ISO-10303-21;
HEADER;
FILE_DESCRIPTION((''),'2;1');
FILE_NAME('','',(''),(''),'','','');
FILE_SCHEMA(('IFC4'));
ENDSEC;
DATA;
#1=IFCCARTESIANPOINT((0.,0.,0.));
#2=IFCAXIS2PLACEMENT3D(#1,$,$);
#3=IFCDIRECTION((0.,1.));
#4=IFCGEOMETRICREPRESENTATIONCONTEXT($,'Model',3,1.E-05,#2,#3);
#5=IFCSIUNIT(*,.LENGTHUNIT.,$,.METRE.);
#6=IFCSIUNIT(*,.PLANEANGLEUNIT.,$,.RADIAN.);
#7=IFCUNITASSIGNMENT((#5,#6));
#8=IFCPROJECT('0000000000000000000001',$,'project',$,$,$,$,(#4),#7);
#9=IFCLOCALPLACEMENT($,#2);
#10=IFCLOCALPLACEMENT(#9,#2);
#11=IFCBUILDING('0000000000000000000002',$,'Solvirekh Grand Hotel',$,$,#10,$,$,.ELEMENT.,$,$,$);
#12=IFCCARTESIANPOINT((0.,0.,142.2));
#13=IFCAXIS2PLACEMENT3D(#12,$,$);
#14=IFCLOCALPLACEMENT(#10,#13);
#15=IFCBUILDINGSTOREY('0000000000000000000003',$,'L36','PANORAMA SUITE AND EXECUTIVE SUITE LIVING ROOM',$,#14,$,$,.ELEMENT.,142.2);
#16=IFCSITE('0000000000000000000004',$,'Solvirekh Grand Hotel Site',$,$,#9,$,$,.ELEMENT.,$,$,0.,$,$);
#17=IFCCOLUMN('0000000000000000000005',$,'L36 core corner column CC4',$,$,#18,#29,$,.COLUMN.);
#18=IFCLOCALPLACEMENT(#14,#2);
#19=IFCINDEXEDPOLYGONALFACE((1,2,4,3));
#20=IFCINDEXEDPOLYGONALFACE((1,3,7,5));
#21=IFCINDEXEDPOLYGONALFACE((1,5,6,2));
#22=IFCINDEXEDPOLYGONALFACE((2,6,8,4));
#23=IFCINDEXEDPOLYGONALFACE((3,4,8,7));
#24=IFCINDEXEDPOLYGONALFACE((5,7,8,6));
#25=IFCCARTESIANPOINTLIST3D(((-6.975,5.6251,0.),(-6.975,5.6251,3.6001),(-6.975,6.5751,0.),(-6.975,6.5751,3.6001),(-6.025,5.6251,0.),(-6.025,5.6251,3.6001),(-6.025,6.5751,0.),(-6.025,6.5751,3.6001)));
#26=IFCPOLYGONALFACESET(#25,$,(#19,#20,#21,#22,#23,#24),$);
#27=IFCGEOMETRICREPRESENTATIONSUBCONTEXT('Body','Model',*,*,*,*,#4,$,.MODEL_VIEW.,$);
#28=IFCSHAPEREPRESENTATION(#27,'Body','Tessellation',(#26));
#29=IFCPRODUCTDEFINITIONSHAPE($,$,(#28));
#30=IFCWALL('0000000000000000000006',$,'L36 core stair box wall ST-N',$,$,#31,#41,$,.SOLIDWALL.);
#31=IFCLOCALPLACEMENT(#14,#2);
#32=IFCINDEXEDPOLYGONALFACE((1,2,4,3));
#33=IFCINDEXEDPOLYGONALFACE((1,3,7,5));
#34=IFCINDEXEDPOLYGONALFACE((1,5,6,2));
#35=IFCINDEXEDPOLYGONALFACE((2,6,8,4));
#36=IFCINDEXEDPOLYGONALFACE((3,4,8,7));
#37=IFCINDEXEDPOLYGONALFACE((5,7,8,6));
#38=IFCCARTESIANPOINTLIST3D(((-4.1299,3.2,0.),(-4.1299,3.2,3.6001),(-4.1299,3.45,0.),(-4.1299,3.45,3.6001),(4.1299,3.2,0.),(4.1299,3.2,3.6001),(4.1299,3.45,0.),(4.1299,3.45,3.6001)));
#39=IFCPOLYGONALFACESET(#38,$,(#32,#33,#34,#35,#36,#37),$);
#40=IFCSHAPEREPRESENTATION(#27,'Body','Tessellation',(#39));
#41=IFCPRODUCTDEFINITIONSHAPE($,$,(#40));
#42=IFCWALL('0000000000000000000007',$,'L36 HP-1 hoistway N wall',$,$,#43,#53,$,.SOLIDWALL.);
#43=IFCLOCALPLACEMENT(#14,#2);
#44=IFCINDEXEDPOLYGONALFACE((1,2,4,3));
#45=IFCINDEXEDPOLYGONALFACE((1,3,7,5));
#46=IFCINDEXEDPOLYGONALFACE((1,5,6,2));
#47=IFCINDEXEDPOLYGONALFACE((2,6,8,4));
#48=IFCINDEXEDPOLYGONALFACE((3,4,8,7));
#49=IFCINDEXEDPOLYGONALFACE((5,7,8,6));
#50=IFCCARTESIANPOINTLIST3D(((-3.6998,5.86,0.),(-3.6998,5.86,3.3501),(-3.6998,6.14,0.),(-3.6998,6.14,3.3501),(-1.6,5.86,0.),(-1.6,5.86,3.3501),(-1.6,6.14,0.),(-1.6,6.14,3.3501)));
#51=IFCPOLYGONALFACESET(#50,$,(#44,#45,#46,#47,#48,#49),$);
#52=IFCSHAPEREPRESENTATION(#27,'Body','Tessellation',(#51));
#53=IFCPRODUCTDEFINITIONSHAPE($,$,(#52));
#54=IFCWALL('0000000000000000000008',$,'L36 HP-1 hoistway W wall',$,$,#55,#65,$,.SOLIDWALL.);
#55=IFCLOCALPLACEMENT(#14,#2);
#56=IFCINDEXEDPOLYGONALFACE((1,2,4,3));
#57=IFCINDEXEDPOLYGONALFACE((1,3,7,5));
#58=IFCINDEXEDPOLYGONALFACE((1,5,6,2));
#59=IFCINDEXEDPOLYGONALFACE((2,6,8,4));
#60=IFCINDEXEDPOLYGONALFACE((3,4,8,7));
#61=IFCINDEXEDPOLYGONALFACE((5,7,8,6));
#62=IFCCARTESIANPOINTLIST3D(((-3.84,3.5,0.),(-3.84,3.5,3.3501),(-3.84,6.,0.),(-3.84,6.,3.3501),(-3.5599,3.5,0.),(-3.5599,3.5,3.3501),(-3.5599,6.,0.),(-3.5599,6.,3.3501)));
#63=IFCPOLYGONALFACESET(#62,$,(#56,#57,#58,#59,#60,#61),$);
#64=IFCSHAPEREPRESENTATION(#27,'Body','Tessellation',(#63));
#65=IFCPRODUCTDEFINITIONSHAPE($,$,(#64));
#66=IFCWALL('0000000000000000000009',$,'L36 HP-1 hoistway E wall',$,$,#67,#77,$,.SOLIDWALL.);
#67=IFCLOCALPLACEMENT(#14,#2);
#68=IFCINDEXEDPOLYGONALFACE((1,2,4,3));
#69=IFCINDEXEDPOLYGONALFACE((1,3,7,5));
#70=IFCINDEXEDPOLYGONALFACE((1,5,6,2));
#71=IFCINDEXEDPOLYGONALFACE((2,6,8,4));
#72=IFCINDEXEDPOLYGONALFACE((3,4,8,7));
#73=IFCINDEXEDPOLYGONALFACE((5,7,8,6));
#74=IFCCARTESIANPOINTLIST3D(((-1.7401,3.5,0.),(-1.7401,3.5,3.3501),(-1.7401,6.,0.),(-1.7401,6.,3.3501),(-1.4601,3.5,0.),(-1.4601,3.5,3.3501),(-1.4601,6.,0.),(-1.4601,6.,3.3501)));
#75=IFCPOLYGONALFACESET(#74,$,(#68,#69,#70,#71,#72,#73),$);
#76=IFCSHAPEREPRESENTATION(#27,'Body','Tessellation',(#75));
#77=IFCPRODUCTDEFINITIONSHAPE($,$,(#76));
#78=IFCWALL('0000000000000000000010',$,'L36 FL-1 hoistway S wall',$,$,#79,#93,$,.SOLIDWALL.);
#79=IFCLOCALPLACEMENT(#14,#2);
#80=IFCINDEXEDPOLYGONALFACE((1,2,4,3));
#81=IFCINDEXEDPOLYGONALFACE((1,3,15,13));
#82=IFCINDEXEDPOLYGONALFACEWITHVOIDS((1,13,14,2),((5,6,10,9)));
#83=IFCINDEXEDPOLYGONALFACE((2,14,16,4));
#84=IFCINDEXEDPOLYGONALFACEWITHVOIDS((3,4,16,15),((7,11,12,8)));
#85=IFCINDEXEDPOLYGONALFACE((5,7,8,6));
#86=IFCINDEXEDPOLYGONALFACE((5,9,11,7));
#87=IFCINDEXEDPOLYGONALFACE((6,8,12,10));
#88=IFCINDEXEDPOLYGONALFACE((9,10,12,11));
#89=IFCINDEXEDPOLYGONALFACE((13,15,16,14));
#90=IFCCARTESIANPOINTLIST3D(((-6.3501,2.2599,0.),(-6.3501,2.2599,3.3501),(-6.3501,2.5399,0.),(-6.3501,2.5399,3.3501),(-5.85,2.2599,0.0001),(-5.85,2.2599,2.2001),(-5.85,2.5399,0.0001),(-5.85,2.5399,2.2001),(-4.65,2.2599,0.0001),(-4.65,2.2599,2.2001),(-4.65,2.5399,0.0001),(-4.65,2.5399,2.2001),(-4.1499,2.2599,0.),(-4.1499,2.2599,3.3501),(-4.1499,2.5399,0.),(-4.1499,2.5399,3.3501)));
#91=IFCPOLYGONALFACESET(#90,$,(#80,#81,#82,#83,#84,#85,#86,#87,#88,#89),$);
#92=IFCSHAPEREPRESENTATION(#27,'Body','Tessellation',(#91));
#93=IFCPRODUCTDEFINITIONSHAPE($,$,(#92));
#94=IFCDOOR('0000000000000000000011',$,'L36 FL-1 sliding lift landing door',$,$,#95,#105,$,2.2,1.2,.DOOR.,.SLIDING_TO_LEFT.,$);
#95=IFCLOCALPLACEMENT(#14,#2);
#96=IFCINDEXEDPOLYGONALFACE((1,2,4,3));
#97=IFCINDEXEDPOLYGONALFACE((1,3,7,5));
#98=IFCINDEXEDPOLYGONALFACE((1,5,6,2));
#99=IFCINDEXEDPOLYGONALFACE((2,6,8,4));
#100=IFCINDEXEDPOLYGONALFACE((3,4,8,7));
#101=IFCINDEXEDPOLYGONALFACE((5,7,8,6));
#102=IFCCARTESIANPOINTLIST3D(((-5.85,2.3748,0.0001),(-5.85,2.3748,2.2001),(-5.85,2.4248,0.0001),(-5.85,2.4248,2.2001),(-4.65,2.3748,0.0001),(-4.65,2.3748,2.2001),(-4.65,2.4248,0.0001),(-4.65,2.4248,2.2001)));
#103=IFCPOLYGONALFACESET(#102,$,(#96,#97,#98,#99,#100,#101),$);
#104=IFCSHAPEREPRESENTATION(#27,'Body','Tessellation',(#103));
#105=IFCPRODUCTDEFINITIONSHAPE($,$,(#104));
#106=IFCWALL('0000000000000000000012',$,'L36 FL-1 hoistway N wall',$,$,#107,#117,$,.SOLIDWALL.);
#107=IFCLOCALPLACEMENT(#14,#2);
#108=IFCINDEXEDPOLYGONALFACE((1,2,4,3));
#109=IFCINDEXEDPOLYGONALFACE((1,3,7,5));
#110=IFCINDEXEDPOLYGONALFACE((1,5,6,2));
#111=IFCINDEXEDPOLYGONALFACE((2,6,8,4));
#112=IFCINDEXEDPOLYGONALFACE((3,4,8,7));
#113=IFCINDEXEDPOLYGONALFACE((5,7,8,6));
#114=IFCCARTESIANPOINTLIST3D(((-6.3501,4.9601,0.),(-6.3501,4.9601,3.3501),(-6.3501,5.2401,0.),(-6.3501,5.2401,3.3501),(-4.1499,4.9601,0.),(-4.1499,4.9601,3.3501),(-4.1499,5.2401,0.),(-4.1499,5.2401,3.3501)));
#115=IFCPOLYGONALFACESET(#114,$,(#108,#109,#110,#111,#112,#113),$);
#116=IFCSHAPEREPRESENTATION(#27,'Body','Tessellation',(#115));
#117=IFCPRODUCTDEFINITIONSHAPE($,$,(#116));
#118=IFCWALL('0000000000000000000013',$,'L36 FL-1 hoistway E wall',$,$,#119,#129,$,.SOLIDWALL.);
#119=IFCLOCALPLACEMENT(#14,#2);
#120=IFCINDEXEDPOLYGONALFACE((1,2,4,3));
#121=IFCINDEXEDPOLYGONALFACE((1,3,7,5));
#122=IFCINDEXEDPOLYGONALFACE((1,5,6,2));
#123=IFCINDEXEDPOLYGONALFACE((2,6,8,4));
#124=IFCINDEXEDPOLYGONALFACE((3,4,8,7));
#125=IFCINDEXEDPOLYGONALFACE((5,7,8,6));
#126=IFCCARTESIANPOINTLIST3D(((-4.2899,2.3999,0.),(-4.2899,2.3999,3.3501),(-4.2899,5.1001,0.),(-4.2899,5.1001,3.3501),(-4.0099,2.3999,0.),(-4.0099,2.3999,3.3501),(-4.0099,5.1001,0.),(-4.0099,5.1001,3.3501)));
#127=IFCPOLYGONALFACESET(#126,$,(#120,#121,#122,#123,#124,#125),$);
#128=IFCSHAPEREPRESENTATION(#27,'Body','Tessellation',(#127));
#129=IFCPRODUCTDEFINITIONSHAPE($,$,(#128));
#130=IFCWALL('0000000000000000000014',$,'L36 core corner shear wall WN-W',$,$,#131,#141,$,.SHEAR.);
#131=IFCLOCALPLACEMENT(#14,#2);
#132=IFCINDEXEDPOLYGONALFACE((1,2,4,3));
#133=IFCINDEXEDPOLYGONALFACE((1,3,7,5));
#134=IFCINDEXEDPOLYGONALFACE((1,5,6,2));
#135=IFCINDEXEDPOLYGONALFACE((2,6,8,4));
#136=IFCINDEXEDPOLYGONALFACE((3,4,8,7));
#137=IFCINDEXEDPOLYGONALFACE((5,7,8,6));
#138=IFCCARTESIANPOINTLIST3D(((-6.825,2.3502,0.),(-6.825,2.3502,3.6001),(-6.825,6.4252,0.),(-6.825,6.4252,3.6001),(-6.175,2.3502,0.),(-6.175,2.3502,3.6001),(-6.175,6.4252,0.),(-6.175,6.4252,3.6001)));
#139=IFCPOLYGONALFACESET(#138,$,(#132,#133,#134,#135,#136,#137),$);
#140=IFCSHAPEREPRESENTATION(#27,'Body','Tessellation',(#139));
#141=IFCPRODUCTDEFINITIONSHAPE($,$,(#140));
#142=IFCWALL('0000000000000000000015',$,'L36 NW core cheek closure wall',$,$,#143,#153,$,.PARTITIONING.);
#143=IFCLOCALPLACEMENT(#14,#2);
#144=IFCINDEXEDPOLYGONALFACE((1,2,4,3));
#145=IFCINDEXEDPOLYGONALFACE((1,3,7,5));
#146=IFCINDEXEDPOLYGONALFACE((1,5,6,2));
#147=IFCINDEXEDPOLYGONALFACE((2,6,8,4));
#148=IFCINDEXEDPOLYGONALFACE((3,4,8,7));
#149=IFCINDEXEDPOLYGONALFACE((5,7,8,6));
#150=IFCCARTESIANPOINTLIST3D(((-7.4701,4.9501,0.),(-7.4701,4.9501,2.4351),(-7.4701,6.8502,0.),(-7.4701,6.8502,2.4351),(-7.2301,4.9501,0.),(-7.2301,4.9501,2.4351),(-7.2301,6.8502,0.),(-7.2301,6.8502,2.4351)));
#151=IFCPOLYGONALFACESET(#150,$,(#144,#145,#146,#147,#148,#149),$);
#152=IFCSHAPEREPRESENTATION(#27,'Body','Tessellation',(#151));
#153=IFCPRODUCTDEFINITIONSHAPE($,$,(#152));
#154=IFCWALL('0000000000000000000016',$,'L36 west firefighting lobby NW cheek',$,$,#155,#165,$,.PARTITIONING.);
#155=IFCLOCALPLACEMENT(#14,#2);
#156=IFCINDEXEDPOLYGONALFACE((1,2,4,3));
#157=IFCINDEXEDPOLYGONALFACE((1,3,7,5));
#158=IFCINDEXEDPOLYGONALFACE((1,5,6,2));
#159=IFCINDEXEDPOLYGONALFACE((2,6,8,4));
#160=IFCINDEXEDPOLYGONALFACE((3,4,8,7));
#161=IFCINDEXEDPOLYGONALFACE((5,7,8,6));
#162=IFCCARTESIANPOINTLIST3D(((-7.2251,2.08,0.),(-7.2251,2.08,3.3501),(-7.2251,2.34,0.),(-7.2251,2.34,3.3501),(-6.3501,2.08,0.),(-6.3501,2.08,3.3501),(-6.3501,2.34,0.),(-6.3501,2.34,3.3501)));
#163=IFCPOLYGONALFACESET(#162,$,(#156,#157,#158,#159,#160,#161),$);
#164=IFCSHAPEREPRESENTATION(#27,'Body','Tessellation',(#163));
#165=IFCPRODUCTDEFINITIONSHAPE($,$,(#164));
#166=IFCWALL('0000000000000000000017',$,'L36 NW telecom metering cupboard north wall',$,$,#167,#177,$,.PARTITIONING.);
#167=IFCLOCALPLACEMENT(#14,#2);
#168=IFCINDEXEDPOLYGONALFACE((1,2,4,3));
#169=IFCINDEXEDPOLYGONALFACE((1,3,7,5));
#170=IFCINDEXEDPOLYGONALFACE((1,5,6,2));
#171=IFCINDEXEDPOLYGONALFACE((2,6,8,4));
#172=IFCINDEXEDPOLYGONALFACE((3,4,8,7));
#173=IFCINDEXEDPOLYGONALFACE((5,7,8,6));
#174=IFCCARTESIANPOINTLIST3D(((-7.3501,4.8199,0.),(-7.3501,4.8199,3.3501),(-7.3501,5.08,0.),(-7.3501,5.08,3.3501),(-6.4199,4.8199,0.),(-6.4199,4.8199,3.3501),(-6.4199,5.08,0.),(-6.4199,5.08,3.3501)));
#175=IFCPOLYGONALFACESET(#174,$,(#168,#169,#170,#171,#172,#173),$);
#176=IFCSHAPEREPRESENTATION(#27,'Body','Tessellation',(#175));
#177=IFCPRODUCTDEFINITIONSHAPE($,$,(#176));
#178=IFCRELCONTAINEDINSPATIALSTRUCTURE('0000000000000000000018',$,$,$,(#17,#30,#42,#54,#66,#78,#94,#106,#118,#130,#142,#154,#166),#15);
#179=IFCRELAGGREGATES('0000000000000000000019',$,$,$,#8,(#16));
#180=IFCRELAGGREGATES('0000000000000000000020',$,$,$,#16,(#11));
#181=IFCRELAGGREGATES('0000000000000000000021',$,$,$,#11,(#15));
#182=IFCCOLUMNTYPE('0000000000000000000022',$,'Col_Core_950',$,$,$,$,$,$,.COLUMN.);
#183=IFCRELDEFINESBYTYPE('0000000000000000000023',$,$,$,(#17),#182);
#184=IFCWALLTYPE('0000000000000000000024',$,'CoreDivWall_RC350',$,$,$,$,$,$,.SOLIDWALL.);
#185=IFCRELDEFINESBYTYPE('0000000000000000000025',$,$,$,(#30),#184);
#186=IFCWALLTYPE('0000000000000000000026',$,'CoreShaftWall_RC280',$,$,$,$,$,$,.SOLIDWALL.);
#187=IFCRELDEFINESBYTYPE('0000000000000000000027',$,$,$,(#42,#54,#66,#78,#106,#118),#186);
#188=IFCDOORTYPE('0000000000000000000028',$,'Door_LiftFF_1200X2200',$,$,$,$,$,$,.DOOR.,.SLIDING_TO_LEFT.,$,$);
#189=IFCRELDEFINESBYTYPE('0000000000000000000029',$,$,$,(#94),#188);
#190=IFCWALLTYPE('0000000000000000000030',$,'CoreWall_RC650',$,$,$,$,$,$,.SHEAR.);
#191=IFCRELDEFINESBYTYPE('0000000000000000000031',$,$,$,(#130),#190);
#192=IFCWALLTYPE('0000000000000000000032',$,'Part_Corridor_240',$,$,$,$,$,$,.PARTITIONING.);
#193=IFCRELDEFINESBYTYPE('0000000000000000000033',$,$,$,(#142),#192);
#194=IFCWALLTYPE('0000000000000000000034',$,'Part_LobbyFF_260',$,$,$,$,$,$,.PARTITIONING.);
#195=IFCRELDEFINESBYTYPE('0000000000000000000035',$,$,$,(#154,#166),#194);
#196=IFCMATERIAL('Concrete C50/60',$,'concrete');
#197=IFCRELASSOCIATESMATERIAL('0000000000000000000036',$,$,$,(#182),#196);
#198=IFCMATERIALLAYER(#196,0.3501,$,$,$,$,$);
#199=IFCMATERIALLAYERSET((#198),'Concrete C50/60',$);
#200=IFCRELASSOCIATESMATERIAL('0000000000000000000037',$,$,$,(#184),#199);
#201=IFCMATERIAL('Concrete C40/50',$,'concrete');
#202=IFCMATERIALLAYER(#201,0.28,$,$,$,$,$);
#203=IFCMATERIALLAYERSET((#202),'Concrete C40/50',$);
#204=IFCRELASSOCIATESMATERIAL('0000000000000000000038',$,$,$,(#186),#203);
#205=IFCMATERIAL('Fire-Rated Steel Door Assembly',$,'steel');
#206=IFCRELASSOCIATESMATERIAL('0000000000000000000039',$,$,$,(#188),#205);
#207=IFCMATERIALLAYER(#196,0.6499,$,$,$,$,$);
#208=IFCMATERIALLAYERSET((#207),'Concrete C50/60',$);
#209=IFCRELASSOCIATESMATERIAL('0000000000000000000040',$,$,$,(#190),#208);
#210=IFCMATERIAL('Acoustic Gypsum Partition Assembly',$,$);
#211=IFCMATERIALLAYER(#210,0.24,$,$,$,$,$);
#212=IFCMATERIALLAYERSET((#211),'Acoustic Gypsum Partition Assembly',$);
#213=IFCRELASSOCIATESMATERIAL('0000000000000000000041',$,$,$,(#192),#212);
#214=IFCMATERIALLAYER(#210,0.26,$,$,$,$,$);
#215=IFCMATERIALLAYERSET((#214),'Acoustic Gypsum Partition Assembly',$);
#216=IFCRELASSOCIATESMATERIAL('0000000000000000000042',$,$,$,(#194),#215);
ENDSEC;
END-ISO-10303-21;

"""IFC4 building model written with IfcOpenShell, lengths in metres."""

from ifc_helpers import new_model, si_unit, direction, frame, frame_2d, origin, origin_2d, place, context, subcontext, project, spatial, rectangle, extrude, material, layer, layer_set, material_profile, profile_set, type_object, element, fill, save


model = new_model("IFC4")

# Units and contexts
model_context = context("Model", 3, precision=1e-05, world=origin(), true_north=direction((0.0, 1.0)))
body_context = subcontext(model_context, "Body", "Model", "MODEL_VIEW")
ifc_project = project(units=[si_unit("LENGTHUNIT", "METRE"), si_unit("PLANEANGLEUNIT", "RADIAN")], contexts=[model_context])

# Site, building, storey
site_placement = place(None, origin())
site = spatial("IfcSite", under=ifc_project, at=site_placement, Name="Solvirekh Grand Hotel Site", CompositionType="ELEMENT", RefElevation=0.0)
building_placement = place(site_placement, origin())
building = spatial("IfcBuilding", under=site, at=building_placement, Name="Solvirekh Grand Hotel", CompositionType="ELEMENT")
storey_placement = place(building_placement, frame((0.0, 0.0, 142.2)))
storey = spatial("IfcBuildingStorey", under=building, at=storey_placement, Name="L36", Description="PANORAMA SUITE AND EXECUTIVE SUITE LIVING ROOM", CompositionType="ELEMENT", Elevation=142.2)

# Column
ifc_material_1 = material(Name="Concrete C50/60", Category="concrete")
ifc_material_profile = material_profile(ifc_material_1, rectangle(XDim=0.95, YDim=0.95, at=origin_2d()), Name="RC 950X950")
ifc_profile_set = profile_set([ifc_material_profile], Name="Concrete C50/60")
column_type = type_object("IfcColumnType", Name="Col_Core_950", PredefinedType="COLUMN", material=ifc_profile_set)
column_placement = place(storey_placement, frame((-6.5, 6.1001, 0.0), z_axis=(0.0, 0.0, 1.0), x_axis=(1.0, 0.0, 0.0)))
element("IfcColumn", 1, at=column_placement, inside=storey, type_object=column_type, Name="L36 core corner column CC4", PredefinedType="COLUMN", context=body_context, shape_type="SweptSolid", body=[
    extrude(rectangle(XDim=0.95, YDim=0.95, at=origin_2d()), origin(), (0.0, 0.0, 1.0), 3.6001),
])

# Walls
ifc_layer_1 = layer(ifc_material_1, 0.3501)
ifc_layer_set_1 = layer_set([ifc_layer_1], Name="Concrete C50/60")
wall_type_1 = type_object("IfcWallType", Name="CoreDivWall_RC350", PredefinedType="SOLIDWALL", material=ifc_layer_set_1)
wall_1_placement = place(storey_placement, frame((-4.1299, 3.325, 0.0), z_axis=(0.0, 0.0, 1.0), x_axis=(1.0, 0.0, 0.0)))
element("IfcWall", 2, at=wall_1_placement, inside=storey, type_object=wall_type_1, Name="L36 core stair box wall ST-N", PredefinedType="SOLIDWALL", context=body_context, shape_type="SweptSolid", body=[
    extrude(rectangle(XDim=8.2598, YDim=0.25, at=frame_2d((4.1299, 0.0))), origin(), (0.0, 0.0, 1.0), 3.6001),
])
ifc_material_2 = material(Name="Concrete C40/50", Category="concrete")
ifc_layer_2 = layer(ifc_material_2, 0.28)
ifc_layer_set_2 = layer_set([ifc_layer_2], Name="Concrete C40/50")
wall_type_2 = type_object("IfcWallType", Name="CoreShaftWall_RC280", PredefinedType="SOLIDWALL", material=ifc_layer_set_2)
wall_2_placement = place(storey_placement, frame((-1.6001, 6.0, 0.0), z_axis=(0.0, 0.0, 1.0), x_axis=(-1.0, 0.0, 0.0)))
element("IfcWall", 3, at=wall_2_placement, inside=storey, type_object=wall_type_2, Name="L36 HP-1 hoistway N wall", PredefinedType="SOLIDWALL", context=body_context, shape_type="SweptSolid", body=[
    extrude(rectangle(XDim=2.0999, YDim=0.28, at=frame_2d((1.0498, 0.0))), origin(), (0.0, 0.0, 1.0), 3.3501),
])
for number, where, z_axis, x_axis, name in (
    (4, (-3.7, 6.0, 0.0), (0.0, 0.0, 1.0), (0.0, -1.0, 0.0), "L36 HP-1 hoistway W wall"),
    (5, (-1.6001, 3.5, 0.0), (0.0, 0.0, 1.0), (0.0, 1.0, 0.0), "L36 HP-1 hoistway E wall"),
):
    element("IfcWall", number, at=place(storey_placement, frame(where, z_axis=z_axis, x_axis=x_axis)), inside=storey, type_object=wall_type_2, Name=name, PredefinedType="SOLIDWALL", context=body_context, shape_type="SweptSolid", body=[
        extrude(rectangle(XDim=2.5, YDim=0.28, at=frame_2d((1.25, 0.0))), origin(), (0.0, 0.0, 1.0), 3.3501),
    ])

# Wall, opening, door
wall_3_placement = place(storey_placement, frame((-6.3501, 2.3999, 0.0), z_axis=(0.0, 0.0, 1.0), x_axis=(1.0, 0.0, 0.0)))
wall_3 = element("IfcWall", 6, at=wall_3_placement, inside=storey, type_object=wall_type_2, Name="L36 FL-1 hoistway S wall", PredefinedType="SOLIDWALL", context=body_context, shape_type="SweptSolid", body=[
    extrude(rectangle(XDim=2.2002, YDim=0.28, at=frame_2d((1.1001, 0.0))), origin(), (0.0, 0.0, 1.0), 3.3501),
])
opening_placement = place(wall_3_placement, frame((0.5, 0.0, 0.0)))
opening = element("IfcOpeningElement", 7, at=opening_placement, cuts=wall_3, PredefinedType="OPENING", context=body_context, shape_type="SweptSolid", body=[
    extrude(rectangle(XDim=1.2, YDim=2.2, at=frame_2d((0.6001, 1.1001))), frame((0.0, 0.1499, 0.0), z_axis=(0.0, -1.0, 0.0), x_axis=(1.0, 0.0, 0.0)), (0.0, 0.0, 1.0), 0.3),
])
ifc_material_3 = material(Name="Fire-Rated Steel Door Assembly", Category="steel")
door_type = type_object("IfcDoorType", Name="Door_LiftFF_1200X2200", OperationType="SLIDING_TO_LEFT", PredefinedType="DOOR", material=ifc_material_3)
door_placement = place(opening_placement, origin())
door = element("IfcDoor", 8, at=door_placement, inside=storey, type_object=door_type, Name="L36 FL-1 sliding lift landing door", OperationType="SLIDING_TO_LEFT", OverallHeight=2.2, OverallWidth=1.2, PredefinedType="DOOR", context=body_context, shape_type="SweptSolid", body=[
    extrude(rectangle(XDim=1.2, YDim=2.2, at=frame_2d((0.6001, 1.1001))), frame((0.0, 0.0249, 0.0), z_axis=(0.0, -1.0, 0.0), x_axis=(1.0, 0.0, 0.0)), (0.0, 0.0, 1.0), 0.05),
])
fill(opening, door)

# Walls
wall_4_placement = place(storey_placement, frame((-4.1499, 5.1001, 0.0), z_axis=(0.0, 0.0, 1.0), x_axis=(-1.0, 0.0, 0.0)))
element("IfcWall", 9, at=wall_4_placement, inside=storey, type_object=wall_type_2, Name="L36 FL-1 hoistway N wall", PredefinedType="SOLIDWALL", context=body_context, shape_type="SweptSolid", body=[
    extrude(rectangle(XDim=2.2002, YDim=0.28, at=frame_2d((1.1001, 0.0))), origin(), (0.0, 0.0, 1.0), 3.3501),
])
wall_5_placement = place(storey_placement, frame((-4.1499, 2.3999, 0.0), z_axis=(0.0, 0.0, 1.0), x_axis=(0.0, 1.0, 0.0)))
element("IfcWall", 10, at=wall_5_placement, inside=storey, type_object=wall_type_2, Name="L36 FL-1 hoistway E wall", PredefinedType="SOLIDWALL", context=body_context, shape_type="SweptSolid", body=[
    extrude(rectangle(XDim=2.7002, YDim=0.28, at=frame_2d((1.3501, 0.0))), origin(), (0.0, 0.0, 1.0), 3.3501),
])
ifc_layer_3 = layer(ifc_material_1, 0.6499)
ifc_layer_set_3 = layer_set([ifc_layer_3], Name="Concrete C50/60")
wall_type_3 = type_object("IfcWallType", Name="CoreWall_RC650", PredefinedType="SHEAR", material=ifc_layer_set_3)
wall_6_placement = place(storey_placement, frame((-6.5, 2.3501, 0.0), z_axis=(0.0, 0.0, 1.0), x_axis=(0.0, 1.0, 0.0)))
element("IfcWall", 11, at=wall_6_placement, inside=storey, type_object=wall_type_3, Name="L36 core corner shear wall WN-W", PredefinedType="SHEAR", context=body_context, shape_type="SweptSolid", body=[
    extrude(rectangle(XDim=4.075, YDim=0.6499, at=frame_2d((2.0376, 0.0))), origin(), (0.0, 0.0, 1.0), 3.6001),
])
ifc_material_4 = material(Name="Acoustic Gypsum Partition Assembly")
ifc_layer_4 = layer(ifc_material_4, 0.24)
ifc_layer_set_4 = layer_set([ifc_layer_4], Name="Acoustic Gypsum Partition Assembly")
wall_type_4 = type_object("IfcWallType", Name="Part_Corridor_240", PredefinedType="PARTITIONING", material=ifc_layer_set_4)
wall_7_placement = place(storey_placement, frame((-7.3501, 4.95, 0.0), z_axis=(0.0, 0.0, 1.0), x_axis=(0.0, 1.0, 0.0)))
element("IfcWall", 12, at=wall_7_placement, inside=storey, type_object=wall_type_4, Name="L36 NW core cheek closure wall", PredefinedType="PARTITIONING", context=body_context, shape_type="SweptSolid", body=[
    extrude(rectangle(XDim=1.9001, YDim=0.24, at=frame_2d((0.9502, 0.0))), origin(), (0.0, 0.0, 1.0), 2.4351),
])
ifc_layer_5 = layer(ifc_material_4, 0.26)
ifc_layer_set_5 = layer_set([ifc_layer_5], Name="Acoustic Gypsum Partition Assembly")
wall_type_5 = type_object("IfcWallType", Name="Part_LobbyFF_260", PredefinedType="PARTITIONING", material=ifc_layer_set_5)
wall_8_placement = place(storey_placement, frame((-7.2251, 2.21, 0.0), z_axis=(0.0, 0.0, 1.0), x_axis=(1.0, 0.0, 0.0)))
element("IfcWall", 13, at=wall_8_placement, inside=storey, type_object=wall_type_5, Name="L36 west firefighting lobby NW cheek", PredefinedType="PARTITIONING", context=body_context, shape_type="SweptSolid", body=[
    extrude(rectangle(XDim=0.875, YDim=0.26, at=frame_2d((0.4375, 0.0))), origin(), (0.0, 0.0, 1.0), 3.3501),
])
wall_9_placement = place(storey_placement, frame((-7.3501, 4.95, 0.0), z_axis=(0.0, 0.0, 1.0), x_axis=(1.0, 0.0, 0.0)))
element("IfcWall", 14, at=wall_9_placement, inside=storey, type_object=wall_type_5, Name="L36 NW telecom metering cupboard north wall", PredefinedType="PARTITIONING", context=body_context, shape_type="SweptSolid", body=[
    extrude(rectangle(XDim=0.9302, YDim=0.26, at=frame_2d((0.4651, 0.0))), origin(), (0.0, 0.0, 1.0), 3.3501),
])

save(model, "model.ifc")
